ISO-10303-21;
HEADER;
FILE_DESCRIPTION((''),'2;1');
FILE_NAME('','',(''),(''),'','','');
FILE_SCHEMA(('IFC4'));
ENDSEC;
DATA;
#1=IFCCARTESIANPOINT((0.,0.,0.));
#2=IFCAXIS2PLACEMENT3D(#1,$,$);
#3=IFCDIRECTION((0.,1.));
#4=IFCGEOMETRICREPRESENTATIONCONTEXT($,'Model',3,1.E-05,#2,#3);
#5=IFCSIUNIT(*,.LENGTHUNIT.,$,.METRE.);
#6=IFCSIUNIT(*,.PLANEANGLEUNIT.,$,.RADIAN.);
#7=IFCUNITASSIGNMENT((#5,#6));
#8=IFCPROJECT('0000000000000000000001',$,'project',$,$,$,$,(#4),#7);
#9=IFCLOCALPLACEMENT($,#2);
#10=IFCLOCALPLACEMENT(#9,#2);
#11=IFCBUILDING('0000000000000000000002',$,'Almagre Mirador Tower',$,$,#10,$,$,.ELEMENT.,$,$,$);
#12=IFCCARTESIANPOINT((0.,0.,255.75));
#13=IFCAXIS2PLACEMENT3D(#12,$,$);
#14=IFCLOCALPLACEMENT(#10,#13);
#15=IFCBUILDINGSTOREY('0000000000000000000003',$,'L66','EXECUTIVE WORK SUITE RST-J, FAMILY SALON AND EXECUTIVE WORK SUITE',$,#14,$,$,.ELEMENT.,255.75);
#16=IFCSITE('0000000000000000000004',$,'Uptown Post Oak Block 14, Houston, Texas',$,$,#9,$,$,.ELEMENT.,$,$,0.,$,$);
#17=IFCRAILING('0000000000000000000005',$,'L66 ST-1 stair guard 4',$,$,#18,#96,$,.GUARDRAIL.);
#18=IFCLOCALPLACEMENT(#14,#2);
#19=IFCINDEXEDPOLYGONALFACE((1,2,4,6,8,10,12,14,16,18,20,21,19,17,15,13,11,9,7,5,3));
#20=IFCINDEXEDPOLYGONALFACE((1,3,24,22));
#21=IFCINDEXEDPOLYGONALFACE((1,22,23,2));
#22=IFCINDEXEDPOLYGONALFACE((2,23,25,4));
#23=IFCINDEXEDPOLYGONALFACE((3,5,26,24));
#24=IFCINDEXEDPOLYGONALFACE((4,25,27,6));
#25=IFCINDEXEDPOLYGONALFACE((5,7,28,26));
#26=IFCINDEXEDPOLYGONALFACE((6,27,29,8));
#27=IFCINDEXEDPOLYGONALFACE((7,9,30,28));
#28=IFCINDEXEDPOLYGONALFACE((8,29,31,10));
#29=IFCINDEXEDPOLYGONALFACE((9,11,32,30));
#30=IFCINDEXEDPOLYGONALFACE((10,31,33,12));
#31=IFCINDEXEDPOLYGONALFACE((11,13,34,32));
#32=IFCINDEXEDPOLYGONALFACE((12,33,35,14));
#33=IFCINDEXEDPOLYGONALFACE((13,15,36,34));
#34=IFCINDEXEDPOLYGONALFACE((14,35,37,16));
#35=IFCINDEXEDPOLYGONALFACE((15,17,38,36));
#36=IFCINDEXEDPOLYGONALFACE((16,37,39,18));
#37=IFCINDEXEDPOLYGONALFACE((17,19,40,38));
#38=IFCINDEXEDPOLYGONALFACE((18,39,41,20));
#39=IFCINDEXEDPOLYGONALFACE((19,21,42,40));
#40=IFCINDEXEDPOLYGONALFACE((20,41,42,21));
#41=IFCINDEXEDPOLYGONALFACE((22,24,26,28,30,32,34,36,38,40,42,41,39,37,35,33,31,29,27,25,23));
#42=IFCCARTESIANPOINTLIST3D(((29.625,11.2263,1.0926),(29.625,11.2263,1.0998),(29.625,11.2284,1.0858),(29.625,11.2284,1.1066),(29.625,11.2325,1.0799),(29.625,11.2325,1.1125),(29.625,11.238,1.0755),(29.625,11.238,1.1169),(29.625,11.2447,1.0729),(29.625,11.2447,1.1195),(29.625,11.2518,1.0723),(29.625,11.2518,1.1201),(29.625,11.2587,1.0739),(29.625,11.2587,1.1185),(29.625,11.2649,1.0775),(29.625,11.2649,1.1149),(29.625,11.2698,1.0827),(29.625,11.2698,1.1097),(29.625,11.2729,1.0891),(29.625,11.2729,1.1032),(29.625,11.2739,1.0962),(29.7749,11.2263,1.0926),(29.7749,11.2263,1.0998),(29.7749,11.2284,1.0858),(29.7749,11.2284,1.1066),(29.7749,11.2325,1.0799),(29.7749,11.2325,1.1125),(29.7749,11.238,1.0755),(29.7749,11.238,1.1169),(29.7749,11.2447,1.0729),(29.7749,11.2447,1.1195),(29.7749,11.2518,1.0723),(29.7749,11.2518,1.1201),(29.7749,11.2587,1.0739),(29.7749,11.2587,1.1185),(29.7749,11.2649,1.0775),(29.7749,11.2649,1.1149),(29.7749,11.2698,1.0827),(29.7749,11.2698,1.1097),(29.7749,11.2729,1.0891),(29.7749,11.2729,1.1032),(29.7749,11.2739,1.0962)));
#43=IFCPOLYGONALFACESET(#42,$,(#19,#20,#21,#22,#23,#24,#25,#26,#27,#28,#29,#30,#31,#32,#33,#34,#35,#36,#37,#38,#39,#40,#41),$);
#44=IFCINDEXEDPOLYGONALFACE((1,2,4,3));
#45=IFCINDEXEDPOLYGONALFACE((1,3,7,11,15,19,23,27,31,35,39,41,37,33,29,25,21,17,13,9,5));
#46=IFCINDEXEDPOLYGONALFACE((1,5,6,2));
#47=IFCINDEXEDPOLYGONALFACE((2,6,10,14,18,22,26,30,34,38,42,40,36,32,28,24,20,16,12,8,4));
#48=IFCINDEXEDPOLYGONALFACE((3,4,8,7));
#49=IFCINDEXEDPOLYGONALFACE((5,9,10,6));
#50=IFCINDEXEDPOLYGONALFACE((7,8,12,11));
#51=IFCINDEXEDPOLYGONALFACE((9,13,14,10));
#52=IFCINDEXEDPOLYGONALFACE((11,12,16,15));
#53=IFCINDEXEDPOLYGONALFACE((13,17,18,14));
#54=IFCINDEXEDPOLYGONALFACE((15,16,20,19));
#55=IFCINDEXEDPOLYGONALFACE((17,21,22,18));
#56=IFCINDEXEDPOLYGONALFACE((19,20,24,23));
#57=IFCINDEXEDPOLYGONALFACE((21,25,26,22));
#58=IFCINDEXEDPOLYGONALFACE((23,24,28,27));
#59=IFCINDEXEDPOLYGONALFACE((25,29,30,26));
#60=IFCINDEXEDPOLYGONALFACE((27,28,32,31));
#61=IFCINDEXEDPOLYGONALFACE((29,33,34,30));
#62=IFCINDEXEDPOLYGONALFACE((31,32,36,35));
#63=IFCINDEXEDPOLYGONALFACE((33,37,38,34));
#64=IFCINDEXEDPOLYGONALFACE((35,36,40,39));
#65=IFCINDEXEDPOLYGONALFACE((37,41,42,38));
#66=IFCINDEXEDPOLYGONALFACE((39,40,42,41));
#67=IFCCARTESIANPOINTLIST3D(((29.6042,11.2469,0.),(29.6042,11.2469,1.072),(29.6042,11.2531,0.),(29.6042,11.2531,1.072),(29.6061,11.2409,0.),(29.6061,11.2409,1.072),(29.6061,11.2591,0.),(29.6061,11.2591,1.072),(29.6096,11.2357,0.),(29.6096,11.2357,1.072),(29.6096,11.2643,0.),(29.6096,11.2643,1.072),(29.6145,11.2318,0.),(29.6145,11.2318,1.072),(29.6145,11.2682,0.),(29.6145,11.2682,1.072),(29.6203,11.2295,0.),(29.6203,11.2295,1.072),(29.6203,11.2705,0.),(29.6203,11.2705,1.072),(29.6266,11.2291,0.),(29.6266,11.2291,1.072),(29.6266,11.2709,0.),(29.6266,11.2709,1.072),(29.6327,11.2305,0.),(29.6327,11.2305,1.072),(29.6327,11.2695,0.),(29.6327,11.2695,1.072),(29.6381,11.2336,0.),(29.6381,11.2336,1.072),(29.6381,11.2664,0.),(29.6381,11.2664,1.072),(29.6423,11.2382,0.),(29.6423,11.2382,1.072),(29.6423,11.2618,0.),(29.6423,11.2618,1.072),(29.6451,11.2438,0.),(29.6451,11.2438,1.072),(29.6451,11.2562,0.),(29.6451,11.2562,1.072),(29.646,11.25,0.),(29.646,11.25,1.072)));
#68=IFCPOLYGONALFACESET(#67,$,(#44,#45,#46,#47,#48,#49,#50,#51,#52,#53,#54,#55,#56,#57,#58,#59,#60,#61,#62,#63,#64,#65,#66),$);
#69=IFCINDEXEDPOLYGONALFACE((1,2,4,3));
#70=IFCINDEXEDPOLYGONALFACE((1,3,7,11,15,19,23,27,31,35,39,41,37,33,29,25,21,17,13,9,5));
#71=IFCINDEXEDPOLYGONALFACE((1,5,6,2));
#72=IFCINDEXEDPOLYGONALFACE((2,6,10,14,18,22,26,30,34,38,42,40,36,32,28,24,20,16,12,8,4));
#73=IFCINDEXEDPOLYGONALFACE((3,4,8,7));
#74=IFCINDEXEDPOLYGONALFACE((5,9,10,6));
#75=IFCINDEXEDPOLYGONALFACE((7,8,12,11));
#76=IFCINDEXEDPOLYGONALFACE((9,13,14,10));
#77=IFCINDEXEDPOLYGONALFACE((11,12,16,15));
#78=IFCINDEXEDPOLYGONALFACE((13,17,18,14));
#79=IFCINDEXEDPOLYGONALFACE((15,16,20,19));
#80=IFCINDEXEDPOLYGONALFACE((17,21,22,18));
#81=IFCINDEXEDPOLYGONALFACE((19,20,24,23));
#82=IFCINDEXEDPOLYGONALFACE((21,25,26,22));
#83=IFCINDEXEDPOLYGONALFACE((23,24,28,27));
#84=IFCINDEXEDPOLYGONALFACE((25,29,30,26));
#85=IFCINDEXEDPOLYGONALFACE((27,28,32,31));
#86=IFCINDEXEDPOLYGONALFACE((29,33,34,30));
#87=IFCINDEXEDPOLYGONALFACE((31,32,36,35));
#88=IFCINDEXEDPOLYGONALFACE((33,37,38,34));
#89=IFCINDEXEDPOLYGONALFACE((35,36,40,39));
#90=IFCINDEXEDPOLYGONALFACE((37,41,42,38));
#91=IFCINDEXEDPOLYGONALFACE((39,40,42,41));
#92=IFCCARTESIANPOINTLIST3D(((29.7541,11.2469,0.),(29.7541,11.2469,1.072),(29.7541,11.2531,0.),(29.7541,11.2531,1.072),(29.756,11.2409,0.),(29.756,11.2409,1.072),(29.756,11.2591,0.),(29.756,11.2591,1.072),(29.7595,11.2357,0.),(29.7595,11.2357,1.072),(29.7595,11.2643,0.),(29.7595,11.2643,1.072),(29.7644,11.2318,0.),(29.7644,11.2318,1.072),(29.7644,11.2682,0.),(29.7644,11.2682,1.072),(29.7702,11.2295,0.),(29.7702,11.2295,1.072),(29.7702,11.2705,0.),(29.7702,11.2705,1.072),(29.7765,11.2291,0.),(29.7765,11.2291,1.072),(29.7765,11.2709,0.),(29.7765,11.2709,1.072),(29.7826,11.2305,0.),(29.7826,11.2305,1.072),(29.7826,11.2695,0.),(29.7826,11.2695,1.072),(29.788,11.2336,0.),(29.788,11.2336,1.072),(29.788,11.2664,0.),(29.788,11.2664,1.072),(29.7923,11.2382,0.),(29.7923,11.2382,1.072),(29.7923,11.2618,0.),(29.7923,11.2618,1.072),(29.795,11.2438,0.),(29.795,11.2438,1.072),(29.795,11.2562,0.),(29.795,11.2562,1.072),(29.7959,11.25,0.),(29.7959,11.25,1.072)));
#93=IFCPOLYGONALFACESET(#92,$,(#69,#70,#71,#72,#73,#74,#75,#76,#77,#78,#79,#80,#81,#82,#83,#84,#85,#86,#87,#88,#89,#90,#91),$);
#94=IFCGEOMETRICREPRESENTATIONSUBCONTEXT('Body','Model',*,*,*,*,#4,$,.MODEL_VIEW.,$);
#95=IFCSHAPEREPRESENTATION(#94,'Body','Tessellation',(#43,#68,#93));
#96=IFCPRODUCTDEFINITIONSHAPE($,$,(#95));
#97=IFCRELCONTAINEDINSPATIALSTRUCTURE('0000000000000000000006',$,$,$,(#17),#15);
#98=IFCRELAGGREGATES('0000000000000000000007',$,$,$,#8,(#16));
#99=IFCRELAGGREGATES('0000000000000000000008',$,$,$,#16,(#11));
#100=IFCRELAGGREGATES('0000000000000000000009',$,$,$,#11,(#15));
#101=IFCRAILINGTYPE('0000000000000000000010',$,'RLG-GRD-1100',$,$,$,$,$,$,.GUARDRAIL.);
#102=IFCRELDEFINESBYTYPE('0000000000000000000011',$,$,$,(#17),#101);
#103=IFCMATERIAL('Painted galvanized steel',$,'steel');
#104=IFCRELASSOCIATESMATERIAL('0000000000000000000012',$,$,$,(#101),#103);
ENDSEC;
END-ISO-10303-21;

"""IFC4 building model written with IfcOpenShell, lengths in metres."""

from ifc_helpers import new_model, si_unit, direction, frame, origin, origin_2d, place, context, subcontext, project, spatial, circle, extrude, material, type_object, element, save


model = new_model("IFC4")

# Units and contexts
model_context = context("Model", 3, precision=1e-05, world=origin(), true_north=direction((0.0, 1.0)))
body_context = subcontext(model_context, "Body", "Model", "MODEL_VIEW")
ifc_project = project(units=[si_unit("LENGTHUNIT", "METRE"), si_unit("PLANEANGLEUNIT", "RADIAN")], contexts=[model_context])

# Site, building, storey
site_placement = place(None, origin())
site = spatial("IfcSite", under=ifc_project, at=site_placement, Name="Uptown Post Oak Block 14, Houston, Texas", CompositionType="ELEMENT", RefElevation=0.0)
building_placement = place(site_placement, origin())
building = spatial("IfcBuilding", under=site, at=building_placement, Name="Almagre Mirador Tower", CompositionType="ELEMENT")
storey_placement = place(building_placement, frame((0.0, 0.0, 255.75)))
storey = spatial("IfcBuildingStorey", under=building, at=storey_placement, Name="L66", Description="EXECUTIVE WORK SUITE RST-J, FAMILY SALON AND EXECUTIVE WORK SUITE", CompositionType="ELEMENT", Elevation=255.75)

# Railing
ifc_material_1 = material(Name="Painted galvanized steel", Category="steel")
railing_type_1 = type_object("IfcRailingType", Name="RLG-GRD-1100", PredefinedType="GUARDRAIL", material=ifc_material_1)
railing_1_placement = place(storey_placement, frame((29.625, 11.25, 0.0)))
element("IfcRailing", 1, at=railing_1_placement, inside=storey, type_object=railing_type_1, Name="L66 ST-1 stair guard 4", PredefinedType="GUARDRAIL", context=body_context, shape_type="SweptSolid", body=[
    extrude(circle(Radius=0.0239, at=origin_2d()), frame((0.0, 0.0, 1.0962), z_axis=(1.0, 0.0, 0.0), x_axis=(0.0, 1.0, 0.0)), (0.0, 0.0, 1.0), 0.1499),
    extrude(circle(Radius=0.021, at=origin_2d()), origin(), (0.0, 0.0, 1.0), 1.072),
    extrude(circle(Radius=0.021, at=origin_2d()), frame((0.1499, 0.0, 0.0)), (0.0, 0.0, 1.0), 1.072),
])

save(model, "model.ifc")
